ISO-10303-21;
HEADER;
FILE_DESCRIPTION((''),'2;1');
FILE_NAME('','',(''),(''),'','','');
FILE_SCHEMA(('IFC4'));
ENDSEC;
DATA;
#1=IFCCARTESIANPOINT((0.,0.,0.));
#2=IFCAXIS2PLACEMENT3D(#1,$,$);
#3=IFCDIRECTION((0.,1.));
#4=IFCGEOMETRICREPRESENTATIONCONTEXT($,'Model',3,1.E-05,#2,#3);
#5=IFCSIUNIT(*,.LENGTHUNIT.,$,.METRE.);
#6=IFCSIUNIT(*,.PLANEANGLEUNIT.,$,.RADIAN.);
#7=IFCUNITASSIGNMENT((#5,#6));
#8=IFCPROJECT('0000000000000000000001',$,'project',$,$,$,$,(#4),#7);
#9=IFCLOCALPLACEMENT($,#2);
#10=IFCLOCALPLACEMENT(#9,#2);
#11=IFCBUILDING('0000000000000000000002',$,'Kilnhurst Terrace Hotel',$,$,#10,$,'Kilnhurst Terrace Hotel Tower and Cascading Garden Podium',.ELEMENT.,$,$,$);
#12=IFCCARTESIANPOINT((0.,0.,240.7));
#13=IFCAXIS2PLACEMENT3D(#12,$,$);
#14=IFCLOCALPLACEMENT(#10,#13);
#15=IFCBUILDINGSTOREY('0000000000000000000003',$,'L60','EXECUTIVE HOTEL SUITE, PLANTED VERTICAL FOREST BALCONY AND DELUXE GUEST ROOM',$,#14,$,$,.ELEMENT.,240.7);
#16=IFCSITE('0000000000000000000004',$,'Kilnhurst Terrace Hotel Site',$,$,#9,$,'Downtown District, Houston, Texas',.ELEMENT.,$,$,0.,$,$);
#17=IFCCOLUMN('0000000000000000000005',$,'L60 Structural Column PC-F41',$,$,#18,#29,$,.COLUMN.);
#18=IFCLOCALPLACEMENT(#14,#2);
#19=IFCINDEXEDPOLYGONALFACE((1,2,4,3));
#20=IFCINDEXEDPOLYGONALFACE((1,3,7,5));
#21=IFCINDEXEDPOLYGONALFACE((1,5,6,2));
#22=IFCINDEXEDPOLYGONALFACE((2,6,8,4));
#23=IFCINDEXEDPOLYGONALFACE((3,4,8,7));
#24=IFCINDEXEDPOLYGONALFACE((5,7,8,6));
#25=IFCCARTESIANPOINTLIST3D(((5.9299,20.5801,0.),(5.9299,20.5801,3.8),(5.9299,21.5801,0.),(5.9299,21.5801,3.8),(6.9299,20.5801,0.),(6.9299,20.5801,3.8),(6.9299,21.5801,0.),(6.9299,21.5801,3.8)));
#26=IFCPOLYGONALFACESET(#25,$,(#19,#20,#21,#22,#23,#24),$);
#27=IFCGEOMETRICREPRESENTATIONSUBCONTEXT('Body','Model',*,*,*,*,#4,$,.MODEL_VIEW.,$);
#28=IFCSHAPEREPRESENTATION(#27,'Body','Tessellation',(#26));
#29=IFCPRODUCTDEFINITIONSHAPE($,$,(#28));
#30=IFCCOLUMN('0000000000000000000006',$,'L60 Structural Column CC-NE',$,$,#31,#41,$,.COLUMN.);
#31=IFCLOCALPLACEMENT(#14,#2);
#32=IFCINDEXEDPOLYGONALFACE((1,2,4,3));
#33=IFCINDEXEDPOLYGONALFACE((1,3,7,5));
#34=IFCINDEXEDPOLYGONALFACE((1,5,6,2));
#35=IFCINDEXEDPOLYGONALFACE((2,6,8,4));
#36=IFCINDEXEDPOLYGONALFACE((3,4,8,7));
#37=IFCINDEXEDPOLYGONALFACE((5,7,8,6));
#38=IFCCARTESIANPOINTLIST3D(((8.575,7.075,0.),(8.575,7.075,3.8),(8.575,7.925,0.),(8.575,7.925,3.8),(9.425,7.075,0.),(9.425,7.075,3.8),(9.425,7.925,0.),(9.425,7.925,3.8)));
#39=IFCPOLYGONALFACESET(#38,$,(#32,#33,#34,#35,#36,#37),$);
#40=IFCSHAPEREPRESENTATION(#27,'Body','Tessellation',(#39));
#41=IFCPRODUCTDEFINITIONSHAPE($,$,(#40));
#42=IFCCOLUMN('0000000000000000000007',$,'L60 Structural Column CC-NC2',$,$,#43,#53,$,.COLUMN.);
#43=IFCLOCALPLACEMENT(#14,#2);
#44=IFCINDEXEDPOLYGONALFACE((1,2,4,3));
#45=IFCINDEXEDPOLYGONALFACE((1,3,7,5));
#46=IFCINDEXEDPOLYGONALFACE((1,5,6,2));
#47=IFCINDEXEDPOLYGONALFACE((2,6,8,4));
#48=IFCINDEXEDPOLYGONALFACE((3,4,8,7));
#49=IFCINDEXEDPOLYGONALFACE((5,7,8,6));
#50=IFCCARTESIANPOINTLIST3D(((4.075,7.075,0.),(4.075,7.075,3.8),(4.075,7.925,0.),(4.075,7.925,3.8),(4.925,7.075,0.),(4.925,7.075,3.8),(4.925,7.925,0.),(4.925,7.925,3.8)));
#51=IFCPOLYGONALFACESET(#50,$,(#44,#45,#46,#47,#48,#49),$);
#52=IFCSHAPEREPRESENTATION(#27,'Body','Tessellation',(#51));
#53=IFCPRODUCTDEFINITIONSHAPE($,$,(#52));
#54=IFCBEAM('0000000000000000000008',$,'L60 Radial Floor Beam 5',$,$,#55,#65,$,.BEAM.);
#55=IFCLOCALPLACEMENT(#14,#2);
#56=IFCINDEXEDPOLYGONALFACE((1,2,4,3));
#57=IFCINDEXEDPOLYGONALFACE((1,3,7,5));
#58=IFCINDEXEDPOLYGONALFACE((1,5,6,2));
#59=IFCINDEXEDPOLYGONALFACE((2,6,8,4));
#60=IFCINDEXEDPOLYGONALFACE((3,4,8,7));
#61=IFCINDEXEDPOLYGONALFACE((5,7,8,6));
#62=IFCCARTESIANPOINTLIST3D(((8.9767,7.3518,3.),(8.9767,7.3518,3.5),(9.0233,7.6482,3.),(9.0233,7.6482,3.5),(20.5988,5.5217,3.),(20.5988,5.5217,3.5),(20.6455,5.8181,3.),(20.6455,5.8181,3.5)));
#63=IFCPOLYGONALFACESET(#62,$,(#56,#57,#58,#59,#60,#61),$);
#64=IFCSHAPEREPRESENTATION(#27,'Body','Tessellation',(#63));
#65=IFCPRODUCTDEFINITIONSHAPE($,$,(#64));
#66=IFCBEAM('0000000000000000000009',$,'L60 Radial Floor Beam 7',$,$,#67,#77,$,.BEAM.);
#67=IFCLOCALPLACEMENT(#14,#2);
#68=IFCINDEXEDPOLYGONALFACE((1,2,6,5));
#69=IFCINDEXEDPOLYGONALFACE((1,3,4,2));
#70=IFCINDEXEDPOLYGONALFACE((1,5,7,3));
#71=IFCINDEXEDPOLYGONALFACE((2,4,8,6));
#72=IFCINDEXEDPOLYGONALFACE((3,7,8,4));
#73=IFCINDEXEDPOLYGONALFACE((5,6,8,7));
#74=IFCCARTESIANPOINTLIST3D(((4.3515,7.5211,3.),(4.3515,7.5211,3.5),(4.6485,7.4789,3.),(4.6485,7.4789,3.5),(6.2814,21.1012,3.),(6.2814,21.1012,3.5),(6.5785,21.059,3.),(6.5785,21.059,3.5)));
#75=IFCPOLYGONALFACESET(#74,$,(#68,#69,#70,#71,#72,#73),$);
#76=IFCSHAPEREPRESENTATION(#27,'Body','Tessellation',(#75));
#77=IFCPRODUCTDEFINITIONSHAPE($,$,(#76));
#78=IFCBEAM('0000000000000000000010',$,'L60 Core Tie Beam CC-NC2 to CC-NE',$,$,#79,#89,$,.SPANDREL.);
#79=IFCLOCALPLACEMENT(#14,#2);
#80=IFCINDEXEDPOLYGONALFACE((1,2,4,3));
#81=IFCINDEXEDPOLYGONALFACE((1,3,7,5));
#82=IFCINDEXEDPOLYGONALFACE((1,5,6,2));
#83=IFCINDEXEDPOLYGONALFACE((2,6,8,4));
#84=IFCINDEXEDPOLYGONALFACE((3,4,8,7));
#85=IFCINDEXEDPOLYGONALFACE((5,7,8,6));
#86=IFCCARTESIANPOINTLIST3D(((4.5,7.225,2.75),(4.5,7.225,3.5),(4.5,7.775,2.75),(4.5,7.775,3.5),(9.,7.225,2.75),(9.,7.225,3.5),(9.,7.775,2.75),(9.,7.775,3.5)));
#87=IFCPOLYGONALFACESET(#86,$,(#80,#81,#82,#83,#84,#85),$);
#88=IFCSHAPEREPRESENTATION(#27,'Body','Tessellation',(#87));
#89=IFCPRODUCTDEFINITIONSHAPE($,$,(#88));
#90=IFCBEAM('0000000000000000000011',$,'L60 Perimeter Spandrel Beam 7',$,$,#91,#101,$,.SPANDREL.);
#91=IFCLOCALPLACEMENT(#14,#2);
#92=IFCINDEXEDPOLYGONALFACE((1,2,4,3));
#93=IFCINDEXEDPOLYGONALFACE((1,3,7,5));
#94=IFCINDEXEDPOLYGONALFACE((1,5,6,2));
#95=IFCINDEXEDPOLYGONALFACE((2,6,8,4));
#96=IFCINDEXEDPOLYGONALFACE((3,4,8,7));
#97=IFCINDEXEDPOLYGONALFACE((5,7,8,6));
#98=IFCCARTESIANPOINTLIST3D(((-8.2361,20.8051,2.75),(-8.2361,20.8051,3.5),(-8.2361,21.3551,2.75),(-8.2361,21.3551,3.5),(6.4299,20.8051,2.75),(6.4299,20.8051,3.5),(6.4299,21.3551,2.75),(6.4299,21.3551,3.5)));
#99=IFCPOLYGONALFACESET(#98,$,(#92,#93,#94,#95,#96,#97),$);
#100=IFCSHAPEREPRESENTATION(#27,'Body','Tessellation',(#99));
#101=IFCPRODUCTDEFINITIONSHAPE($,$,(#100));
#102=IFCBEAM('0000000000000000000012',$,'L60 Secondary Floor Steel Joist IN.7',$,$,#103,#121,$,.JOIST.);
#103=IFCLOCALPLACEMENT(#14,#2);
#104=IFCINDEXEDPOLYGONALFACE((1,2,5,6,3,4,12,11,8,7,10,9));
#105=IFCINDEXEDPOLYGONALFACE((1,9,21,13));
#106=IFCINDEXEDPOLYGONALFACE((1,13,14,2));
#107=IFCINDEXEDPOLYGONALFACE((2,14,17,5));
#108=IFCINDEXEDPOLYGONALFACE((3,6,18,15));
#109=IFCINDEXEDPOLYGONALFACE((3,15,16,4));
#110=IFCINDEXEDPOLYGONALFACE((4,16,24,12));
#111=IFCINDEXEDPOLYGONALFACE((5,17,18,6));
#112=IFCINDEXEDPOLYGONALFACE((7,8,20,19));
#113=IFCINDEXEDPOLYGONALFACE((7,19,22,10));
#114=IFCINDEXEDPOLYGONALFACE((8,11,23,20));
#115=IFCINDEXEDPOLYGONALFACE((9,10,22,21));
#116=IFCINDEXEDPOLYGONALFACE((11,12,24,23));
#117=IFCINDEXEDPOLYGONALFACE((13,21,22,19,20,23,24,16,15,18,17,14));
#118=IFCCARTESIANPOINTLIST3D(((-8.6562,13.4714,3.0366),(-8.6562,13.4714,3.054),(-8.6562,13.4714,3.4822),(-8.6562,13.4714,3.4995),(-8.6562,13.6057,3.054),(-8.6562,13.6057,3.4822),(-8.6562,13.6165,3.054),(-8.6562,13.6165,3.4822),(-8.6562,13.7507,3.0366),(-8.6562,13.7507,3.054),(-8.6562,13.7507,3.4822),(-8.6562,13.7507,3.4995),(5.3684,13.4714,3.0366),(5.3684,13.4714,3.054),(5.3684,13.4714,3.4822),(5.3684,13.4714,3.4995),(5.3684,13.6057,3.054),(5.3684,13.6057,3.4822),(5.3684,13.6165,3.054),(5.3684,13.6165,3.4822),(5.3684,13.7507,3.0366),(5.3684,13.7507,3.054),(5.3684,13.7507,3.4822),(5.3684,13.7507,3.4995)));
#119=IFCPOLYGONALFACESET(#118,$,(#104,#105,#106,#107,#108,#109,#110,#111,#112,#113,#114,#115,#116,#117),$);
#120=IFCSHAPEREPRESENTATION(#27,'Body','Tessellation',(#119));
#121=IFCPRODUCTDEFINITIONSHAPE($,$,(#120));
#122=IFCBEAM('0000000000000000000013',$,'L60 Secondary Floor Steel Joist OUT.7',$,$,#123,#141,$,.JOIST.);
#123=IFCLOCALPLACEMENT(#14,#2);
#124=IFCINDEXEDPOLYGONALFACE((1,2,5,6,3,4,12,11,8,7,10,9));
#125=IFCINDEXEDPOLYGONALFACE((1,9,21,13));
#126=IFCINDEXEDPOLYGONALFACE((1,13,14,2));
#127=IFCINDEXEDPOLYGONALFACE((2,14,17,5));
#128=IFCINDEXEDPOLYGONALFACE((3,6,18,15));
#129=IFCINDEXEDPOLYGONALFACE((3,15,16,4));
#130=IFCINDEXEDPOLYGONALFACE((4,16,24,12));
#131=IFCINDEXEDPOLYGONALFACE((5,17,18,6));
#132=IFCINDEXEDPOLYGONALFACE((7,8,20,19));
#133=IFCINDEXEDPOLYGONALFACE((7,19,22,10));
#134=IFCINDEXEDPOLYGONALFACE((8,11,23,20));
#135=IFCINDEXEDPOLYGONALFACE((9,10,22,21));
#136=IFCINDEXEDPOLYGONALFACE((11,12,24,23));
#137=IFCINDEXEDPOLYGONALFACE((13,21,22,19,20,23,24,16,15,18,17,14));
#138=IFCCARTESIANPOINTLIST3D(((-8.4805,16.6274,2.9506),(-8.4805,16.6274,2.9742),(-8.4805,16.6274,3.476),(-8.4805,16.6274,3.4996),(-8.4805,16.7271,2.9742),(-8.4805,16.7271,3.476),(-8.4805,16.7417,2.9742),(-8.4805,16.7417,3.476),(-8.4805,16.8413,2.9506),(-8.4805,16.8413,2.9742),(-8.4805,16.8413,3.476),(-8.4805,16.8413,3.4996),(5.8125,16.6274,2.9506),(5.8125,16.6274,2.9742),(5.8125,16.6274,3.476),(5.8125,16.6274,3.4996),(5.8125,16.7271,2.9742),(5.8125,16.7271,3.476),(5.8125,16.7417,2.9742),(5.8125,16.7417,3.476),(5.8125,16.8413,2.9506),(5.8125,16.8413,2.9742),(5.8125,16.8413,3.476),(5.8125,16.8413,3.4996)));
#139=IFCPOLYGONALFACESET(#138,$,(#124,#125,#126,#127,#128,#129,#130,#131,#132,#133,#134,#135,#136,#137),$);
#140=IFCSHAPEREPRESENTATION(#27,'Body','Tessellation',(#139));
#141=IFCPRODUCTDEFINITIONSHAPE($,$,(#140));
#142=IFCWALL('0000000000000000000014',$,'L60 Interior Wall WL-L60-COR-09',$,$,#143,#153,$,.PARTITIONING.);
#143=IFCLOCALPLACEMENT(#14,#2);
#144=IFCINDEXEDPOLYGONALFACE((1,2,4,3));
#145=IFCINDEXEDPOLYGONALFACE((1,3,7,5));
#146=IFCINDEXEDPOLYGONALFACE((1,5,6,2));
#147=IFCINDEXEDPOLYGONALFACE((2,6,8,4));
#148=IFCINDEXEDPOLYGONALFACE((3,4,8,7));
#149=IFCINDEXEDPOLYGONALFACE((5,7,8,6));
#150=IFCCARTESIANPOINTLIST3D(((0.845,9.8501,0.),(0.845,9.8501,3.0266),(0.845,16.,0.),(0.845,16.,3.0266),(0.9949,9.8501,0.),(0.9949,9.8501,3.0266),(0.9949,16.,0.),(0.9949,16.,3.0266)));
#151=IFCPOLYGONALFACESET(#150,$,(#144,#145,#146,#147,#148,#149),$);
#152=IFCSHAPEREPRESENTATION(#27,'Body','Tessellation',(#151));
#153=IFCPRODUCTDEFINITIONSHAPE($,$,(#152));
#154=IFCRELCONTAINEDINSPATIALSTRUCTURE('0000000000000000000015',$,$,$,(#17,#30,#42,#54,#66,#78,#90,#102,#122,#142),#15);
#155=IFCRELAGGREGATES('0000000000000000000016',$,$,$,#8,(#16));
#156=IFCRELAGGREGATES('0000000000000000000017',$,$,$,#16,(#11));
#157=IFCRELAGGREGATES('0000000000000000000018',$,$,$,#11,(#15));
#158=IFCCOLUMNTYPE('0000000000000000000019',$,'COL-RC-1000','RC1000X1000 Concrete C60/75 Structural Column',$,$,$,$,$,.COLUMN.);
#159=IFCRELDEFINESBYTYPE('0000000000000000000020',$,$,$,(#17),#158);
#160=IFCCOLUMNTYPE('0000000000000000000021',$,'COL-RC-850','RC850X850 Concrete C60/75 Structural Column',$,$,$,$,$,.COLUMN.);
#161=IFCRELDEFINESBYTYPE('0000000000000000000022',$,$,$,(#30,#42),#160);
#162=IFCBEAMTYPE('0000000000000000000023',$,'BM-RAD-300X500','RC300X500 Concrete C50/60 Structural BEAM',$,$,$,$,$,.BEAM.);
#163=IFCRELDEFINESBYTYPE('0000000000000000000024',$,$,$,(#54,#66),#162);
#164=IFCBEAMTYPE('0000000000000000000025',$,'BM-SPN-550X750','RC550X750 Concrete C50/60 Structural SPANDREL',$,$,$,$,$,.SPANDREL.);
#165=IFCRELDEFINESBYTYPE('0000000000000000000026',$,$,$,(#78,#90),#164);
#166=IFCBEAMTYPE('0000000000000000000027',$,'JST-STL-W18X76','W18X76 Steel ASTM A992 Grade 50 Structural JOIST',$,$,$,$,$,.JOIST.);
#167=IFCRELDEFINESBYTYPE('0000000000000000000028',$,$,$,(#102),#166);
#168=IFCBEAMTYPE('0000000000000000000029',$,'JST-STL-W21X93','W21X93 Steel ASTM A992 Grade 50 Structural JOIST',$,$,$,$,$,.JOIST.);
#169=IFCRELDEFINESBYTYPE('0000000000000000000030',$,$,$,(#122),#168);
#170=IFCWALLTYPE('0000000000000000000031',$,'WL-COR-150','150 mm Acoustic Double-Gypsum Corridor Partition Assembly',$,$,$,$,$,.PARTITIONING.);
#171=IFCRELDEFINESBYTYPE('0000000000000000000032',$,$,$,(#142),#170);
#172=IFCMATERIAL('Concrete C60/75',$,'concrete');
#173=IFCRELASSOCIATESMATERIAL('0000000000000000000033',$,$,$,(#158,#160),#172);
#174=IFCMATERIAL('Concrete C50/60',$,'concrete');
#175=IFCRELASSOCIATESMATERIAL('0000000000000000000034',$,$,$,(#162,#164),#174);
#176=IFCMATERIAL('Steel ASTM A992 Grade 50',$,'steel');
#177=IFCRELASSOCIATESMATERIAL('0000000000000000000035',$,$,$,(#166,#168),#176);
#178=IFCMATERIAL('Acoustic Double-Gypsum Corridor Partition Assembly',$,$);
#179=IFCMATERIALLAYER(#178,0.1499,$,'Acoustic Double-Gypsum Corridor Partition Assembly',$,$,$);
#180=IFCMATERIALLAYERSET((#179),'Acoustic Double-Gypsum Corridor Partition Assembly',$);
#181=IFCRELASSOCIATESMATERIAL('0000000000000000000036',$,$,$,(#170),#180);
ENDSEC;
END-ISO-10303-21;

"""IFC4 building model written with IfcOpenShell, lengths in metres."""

from ifc_helpers import new_model, si_unit, direction, frame, frame_2d, origin, origin_2d, place, context, subcontext, project, spatial, rectangle, i_section, extrude, material, layer, layer_set, material_profile, profile_set, type_object, element, save


model = new_model("IFC4")

# Units and contexts
model_context = context("Model", 3, precision=1e-05, world=origin(), true_north=direction((0.0, 1.0)))
body_context = subcontext(model_context, "Body", "Model", "MODEL_VIEW")
ifc_project = project(units=[si_unit("LENGTHUNIT", "METRE"), si_unit("PLANEANGLEUNIT", "RADIAN")], contexts=[model_context])

# Site, building, storey
site_placement = place(None, origin())
site = spatial("IfcSite", under=ifc_project, at=site_placement, Name="Kilnhurst Terrace Hotel Site", LongName="Downtown District, Houston, Texas", CompositionType="ELEMENT", RefElevation=0.0)
building_placement = place(site_placement, origin())
building = spatial("IfcBuilding", under=site, at=building_placement, Name="Kilnhurst Terrace Hotel", LongName="Kilnhurst Terrace Hotel Tower and Cascading Garden Podium", CompositionType="ELEMENT")
storey_placement = place(building_placement, frame((0.0, 0.0, 240.7)))
storey = spatial("IfcBuildingStorey", under=building, at=storey_placement, Name="L60", Description="EXECUTIVE HOTEL SUITE, PLANTED VERTICAL FOREST BALCONY AND DELUXE GUEST ROOM", CompositionType="ELEMENT", Elevation=240.7)

# Columns
ifc_material_1 = material(Name="Concrete C60/75", Category="concrete")
ifc_material_profile_1 = material_profile(ifc_material_1, rectangle(XDim=1.0, YDim=1.0, at=origin_2d()), Name="RC1000X1000")
ifc_profile_set_1 = profile_set([ifc_material_profile_1], Name="Concrete C60/75")
column_type_1 = type_object("IfcColumnType", Name="COL-RC-1000", Description="RC1000X1000 Concrete C60/75 Structural Column", PredefinedType="COLUMN", material=ifc_profile_set_1)
column_placement = place(storey_placement, frame((6.4299, 21.0801, 0.0), z_axis=(0.0, 0.0, 1.0), x_axis=(1.0, 0.0, 0.0)))
element("IfcColumn", 1, at=column_placement, inside=storey, type_object=column_type_1, Name="L60 Structural Column PC-F41", PredefinedType="COLUMN", context=body_context, shape_type="SweptSolid", body=[
    extrude(rectangle(XDim=1.0, YDim=1.0, at=origin_2d()), origin(), (0.0, 0.0, 1.0), 3.8),
])
ifc_material_profile_2 = material_profile(ifc_material_1, rectangle(XDim=0.8501, YDim=0.8501, at=origin_2d()), Name="RC850X850")
ifc_profile_set_2 = profile_set([ifc_material_profile_2], Name="Concrete C60/75")
column_type_2 = type_object("IfcColumnType", Name="COL-RC-850", Description="RC850X850 Concrete C60/75 Structural Column", PredefinedType="COLUMN", material=ifc_profile_set_2)
for number, where, z_axis, x_axis, name in (
    (2, (9.0, 7.5, 0.0), (0.0, 0.0, 1.0), (1.0, 0.0, 0.0), "L60 Structural Column CC-NE"),
    (3, (4.5, 7.5, 0.0), (0.0, 0.0, 1.0), (1.0, 0.0, 0.0), "L60 Structural Column CC-NC2"),
):
    element("IfcColumn", number, at=place(storey_placement, frame(where, z_axis=z_axis, x_axis=x_axis)), inside=storey, type_object=column_type_2, Name=name, PredefinedType="COLUMN", context=body_context, shape_type="SweptSolid", body=[
        extrude(rectangle(XDim=0.8501, YDim=0.8501, at=origin_2d()), origin(), (0.0, 0.0, 1.0), 3.8),
    ])

# Beams
ifc_material_2 = material(Name="Concrete C50/60", Category="concrete")
ifc_material_profile_3 = material_profile(ifc_material_2, rectangle(XDim=0.3, YDim=0.5, at=origin_2d()), Name="RC300X500")
ifc_profile_set_3 = profile_set([ifc_material_profile_3], Name="Concrete C50/60")
beam_type_1 = type_object("IfcBeamType", Name="BM-RAD-300X500", Description="RC300X500 Concrete C50/60 Structural BEAM", PredefinedType="BEAM", material=ifc_profile_set_3)
beam_1_placement = place(storey_placement, frame((9.0, 7.5, 3.25), z_axis=(0.987828, -0.155549, 0.0), x_axis=(0.155549, 0.987828, 0.0)))
element("IfcBeam", 4, at=beam_1_placement, inside=storey, type_object=beam_type_1, Name="L60 Radial Floor Beam 5", PredefinedType="BEAM", context=body_context, shape_type="SweptSolid", body=[
    extrude(rectangle(XDim=0.3, YDim=0.5, at=origin_2d()), origin(), (0.0, 0.0, 1.0), 11.7654),
])
beam_2_placement = place(storey_placement, frame((4.5, 7.5, 3.25), z_axis=(0.140701, 0.990052, 0.0), x_axis=(-0.990052, 0.140701, 0.0)))
element("IfcBeam", 5, at=beam_2_placement, inside=storey, type_object=beam_type_1, Name="L60 Radial Floor Beam 7", PredefinedType="BEAM", context=body_context, shape_type="SweptSolid", body=[
    extrude(rectangle(XDim=0.3, YDim=0.5, at=origin_2d()), origin(), (0.0, 0.0, 1.0), 13.7166),
])
ifc_material_profile_4 = material_profile(ifc_material_2, rectangle(XDim=0.55, YDim=0.75, at=origin_2d()), Name="RC550X750")
ifc_profile_set_4 = profile_set([ifc_material_profile_4], Name="Concrete C50/60")
beam_type_2 = type_object("IfcBeamType", Name="BM-SPN-550X750", Description="RC550X750 Concrete C50/60 Structural SPANDREL", PredefinedType="SPANDREL", material=ifc_profile_set_4)
beam_3_placement = place(storey_placement, frame((4.5, 7.5, 3.125), z_axis=(1.0, 0.0, 0.0), x_axis=(0.0, 1.0, 0.0)))
element("IfcBeam", 6, at=beam_3_placement, inside=storey, type_object=beam_type_2, Name="L60 Core Tie Beam CC-NC2 to CC-NE", PredefinedType="SPANDREL", context=body_context, shape_type="SweptSolid", body=[
    extrude(rectangle(XDim=0.55, YDim=0.75, at=origin_2d()), origin(), (0.0, 0.0, 1.0), 4.5),
])
beam_4_placement = place(storey_placement, frame((6.4299, 21.0801, 3.125), z_axis=(-1.0, 0.0, 0.0), x_axis=(0.0, -1.0, 0.0)))
element("IfcBeam", 7, at=beam_4_placement, inside=storey, type_object=beam_type_2, Name="L60 Perimeter Spandrel Beam 7", PredefinedType="SPANDREL", context=body_context, shape_type="SweptSolid", body=[
    extrude(rectangle(XDim=0.55, YDim=0.75, at=origin_2d()), origin(), (0.0, 0.0, 1.0), 14.666),
])
ifc_material_3 = material(Name="Steel ASTM A992 Grade 50", Category="steel")
ifc_material_profile_5 = material_profile(ifc_material_3, i_section(OverallWidth=0.2793, OverallDepth=0.4629, WebThickness=0.0107, FlangeThickness=0.0173, at=origin_2d()), Name="W18X76")
ifc_profile_set_5 = profile_set([ifc_material_profile_5], Name="Steel ASTM A992 Grade 50")
beam_type_3 = type_object("IfcBeamType", Name="JST-STL-W18X76", Description="W18X76 Steel ASTM A992 Grade 50 Structural JOIST", PredefinedType="JOIST", material=ifc_profile_set_5)
beam_5_placement = place(storey_placement, frame((5.3684, 13.6111, 3.2681), z_axis=(-1.0, 0.0, 0.0), x_axis=(0.0, -1.0, 0.0)))
element("IfcBeam", 8, at=beam_5_placement, inside=storey, type_object=beam_type_3, Name="L60 Secondary Floor Steel Joist IN.7", PredefinedType="JOIST", context=body_context, shape_type="SweptSolid", body=[
    extrude(i_section(OverallWidth=0.2793, OverallDepth=0.4629, WebThickness=0.0107, FlangeThickness=0.0173, at=origin_2d()), origin(), (0.0, 0.0, 1.0), 14.0247),
])
ifc_material_profile_6 = material_profile(ifc_material_3, i_section(OverallWidth=0.2139, OverallDepth=0.5491, WebThickness=0.0146, FlangeThickness=0.0237, at=origin_2d()), Name="W21X93")
ifc_profile_set_6 = profile_set([ifc_material_profile_6], Name="Steel ASTM A992 Grade 50")
beam_type_4 = type_object("IfcBeamType", Name="JST-STL-W21X93", Description="W21X93 Steel ASTM A992 Grade 50 Structural JOIST", PredefinedType="JOIST", material=ifc_profile_set_6)
beam_6_placement = place(storey_placement, frame((5.8125, 16.7344, 3.2251), z_axis=(-1.0, 0.0, 0.0), x_axis=(0.0, -1.0, 0.0)))
element("IfcBeam", 9, at=beam_6_placement, inside=storey, type_object=beam_type_4, Name="L60 Secondary Floor Steel Joist OUT.7", PredefinedType="JOIST", context=body_context, shape_type="SweptSolid", body=[
    extrude(i_section(OverallWidth=0.2139, OverallDepth=0.5491, WebThickness=0.0146, FlangeThickness=0.0237, at=origin_2d()), origin(), (0.0, 0.0, 1.0), 14.293),
])

# Wall
ifc_material_4 = material(Name="Acoustic Double-Gypsum Corridor Partition Assembly")
ifc_layer_1 = layer(ifc_material_4, 0.1499, Name="Acoustic Double-Gypsum Corridor Partition Assembly")
ifc_layer_set_1 = layer_set([ifc_layer_1], Name="Acoustic Double-Gypsum Corridor Partition Assembly")
wall_type_1 = type_object("IfcWallType", Name="WL-COR-150", Description="150 mm Acoustic Double-Gypsum Corridor Partition Assembly", PredefinedType="PARTITIONING", material=ifc_layer_set_1)
wall_1_placement = place(storey_placement, frame((0.9199, 16.0, 0.0), z_axis=(0.0, 0.0, 1.0), x_axis=(0.0, -1.0, 0.0)))
element("IfcWall", 10, at=wall_1_placement, inside=storey, type_object=wall_type_1, Name="L60 Interior Wall WL-L60-COR-09", PredefinedType="PARTITIONING", context=body_context, shape_type="SweptSolid", body=[
    extrude(rectangle(XDim=6.1499, YDim=0.1499, at=frame_2d((3.075, 0.0))), origin(), (0.0, 0.0, 1.0), 3.0266),
])

save(model, "model.ifc")
